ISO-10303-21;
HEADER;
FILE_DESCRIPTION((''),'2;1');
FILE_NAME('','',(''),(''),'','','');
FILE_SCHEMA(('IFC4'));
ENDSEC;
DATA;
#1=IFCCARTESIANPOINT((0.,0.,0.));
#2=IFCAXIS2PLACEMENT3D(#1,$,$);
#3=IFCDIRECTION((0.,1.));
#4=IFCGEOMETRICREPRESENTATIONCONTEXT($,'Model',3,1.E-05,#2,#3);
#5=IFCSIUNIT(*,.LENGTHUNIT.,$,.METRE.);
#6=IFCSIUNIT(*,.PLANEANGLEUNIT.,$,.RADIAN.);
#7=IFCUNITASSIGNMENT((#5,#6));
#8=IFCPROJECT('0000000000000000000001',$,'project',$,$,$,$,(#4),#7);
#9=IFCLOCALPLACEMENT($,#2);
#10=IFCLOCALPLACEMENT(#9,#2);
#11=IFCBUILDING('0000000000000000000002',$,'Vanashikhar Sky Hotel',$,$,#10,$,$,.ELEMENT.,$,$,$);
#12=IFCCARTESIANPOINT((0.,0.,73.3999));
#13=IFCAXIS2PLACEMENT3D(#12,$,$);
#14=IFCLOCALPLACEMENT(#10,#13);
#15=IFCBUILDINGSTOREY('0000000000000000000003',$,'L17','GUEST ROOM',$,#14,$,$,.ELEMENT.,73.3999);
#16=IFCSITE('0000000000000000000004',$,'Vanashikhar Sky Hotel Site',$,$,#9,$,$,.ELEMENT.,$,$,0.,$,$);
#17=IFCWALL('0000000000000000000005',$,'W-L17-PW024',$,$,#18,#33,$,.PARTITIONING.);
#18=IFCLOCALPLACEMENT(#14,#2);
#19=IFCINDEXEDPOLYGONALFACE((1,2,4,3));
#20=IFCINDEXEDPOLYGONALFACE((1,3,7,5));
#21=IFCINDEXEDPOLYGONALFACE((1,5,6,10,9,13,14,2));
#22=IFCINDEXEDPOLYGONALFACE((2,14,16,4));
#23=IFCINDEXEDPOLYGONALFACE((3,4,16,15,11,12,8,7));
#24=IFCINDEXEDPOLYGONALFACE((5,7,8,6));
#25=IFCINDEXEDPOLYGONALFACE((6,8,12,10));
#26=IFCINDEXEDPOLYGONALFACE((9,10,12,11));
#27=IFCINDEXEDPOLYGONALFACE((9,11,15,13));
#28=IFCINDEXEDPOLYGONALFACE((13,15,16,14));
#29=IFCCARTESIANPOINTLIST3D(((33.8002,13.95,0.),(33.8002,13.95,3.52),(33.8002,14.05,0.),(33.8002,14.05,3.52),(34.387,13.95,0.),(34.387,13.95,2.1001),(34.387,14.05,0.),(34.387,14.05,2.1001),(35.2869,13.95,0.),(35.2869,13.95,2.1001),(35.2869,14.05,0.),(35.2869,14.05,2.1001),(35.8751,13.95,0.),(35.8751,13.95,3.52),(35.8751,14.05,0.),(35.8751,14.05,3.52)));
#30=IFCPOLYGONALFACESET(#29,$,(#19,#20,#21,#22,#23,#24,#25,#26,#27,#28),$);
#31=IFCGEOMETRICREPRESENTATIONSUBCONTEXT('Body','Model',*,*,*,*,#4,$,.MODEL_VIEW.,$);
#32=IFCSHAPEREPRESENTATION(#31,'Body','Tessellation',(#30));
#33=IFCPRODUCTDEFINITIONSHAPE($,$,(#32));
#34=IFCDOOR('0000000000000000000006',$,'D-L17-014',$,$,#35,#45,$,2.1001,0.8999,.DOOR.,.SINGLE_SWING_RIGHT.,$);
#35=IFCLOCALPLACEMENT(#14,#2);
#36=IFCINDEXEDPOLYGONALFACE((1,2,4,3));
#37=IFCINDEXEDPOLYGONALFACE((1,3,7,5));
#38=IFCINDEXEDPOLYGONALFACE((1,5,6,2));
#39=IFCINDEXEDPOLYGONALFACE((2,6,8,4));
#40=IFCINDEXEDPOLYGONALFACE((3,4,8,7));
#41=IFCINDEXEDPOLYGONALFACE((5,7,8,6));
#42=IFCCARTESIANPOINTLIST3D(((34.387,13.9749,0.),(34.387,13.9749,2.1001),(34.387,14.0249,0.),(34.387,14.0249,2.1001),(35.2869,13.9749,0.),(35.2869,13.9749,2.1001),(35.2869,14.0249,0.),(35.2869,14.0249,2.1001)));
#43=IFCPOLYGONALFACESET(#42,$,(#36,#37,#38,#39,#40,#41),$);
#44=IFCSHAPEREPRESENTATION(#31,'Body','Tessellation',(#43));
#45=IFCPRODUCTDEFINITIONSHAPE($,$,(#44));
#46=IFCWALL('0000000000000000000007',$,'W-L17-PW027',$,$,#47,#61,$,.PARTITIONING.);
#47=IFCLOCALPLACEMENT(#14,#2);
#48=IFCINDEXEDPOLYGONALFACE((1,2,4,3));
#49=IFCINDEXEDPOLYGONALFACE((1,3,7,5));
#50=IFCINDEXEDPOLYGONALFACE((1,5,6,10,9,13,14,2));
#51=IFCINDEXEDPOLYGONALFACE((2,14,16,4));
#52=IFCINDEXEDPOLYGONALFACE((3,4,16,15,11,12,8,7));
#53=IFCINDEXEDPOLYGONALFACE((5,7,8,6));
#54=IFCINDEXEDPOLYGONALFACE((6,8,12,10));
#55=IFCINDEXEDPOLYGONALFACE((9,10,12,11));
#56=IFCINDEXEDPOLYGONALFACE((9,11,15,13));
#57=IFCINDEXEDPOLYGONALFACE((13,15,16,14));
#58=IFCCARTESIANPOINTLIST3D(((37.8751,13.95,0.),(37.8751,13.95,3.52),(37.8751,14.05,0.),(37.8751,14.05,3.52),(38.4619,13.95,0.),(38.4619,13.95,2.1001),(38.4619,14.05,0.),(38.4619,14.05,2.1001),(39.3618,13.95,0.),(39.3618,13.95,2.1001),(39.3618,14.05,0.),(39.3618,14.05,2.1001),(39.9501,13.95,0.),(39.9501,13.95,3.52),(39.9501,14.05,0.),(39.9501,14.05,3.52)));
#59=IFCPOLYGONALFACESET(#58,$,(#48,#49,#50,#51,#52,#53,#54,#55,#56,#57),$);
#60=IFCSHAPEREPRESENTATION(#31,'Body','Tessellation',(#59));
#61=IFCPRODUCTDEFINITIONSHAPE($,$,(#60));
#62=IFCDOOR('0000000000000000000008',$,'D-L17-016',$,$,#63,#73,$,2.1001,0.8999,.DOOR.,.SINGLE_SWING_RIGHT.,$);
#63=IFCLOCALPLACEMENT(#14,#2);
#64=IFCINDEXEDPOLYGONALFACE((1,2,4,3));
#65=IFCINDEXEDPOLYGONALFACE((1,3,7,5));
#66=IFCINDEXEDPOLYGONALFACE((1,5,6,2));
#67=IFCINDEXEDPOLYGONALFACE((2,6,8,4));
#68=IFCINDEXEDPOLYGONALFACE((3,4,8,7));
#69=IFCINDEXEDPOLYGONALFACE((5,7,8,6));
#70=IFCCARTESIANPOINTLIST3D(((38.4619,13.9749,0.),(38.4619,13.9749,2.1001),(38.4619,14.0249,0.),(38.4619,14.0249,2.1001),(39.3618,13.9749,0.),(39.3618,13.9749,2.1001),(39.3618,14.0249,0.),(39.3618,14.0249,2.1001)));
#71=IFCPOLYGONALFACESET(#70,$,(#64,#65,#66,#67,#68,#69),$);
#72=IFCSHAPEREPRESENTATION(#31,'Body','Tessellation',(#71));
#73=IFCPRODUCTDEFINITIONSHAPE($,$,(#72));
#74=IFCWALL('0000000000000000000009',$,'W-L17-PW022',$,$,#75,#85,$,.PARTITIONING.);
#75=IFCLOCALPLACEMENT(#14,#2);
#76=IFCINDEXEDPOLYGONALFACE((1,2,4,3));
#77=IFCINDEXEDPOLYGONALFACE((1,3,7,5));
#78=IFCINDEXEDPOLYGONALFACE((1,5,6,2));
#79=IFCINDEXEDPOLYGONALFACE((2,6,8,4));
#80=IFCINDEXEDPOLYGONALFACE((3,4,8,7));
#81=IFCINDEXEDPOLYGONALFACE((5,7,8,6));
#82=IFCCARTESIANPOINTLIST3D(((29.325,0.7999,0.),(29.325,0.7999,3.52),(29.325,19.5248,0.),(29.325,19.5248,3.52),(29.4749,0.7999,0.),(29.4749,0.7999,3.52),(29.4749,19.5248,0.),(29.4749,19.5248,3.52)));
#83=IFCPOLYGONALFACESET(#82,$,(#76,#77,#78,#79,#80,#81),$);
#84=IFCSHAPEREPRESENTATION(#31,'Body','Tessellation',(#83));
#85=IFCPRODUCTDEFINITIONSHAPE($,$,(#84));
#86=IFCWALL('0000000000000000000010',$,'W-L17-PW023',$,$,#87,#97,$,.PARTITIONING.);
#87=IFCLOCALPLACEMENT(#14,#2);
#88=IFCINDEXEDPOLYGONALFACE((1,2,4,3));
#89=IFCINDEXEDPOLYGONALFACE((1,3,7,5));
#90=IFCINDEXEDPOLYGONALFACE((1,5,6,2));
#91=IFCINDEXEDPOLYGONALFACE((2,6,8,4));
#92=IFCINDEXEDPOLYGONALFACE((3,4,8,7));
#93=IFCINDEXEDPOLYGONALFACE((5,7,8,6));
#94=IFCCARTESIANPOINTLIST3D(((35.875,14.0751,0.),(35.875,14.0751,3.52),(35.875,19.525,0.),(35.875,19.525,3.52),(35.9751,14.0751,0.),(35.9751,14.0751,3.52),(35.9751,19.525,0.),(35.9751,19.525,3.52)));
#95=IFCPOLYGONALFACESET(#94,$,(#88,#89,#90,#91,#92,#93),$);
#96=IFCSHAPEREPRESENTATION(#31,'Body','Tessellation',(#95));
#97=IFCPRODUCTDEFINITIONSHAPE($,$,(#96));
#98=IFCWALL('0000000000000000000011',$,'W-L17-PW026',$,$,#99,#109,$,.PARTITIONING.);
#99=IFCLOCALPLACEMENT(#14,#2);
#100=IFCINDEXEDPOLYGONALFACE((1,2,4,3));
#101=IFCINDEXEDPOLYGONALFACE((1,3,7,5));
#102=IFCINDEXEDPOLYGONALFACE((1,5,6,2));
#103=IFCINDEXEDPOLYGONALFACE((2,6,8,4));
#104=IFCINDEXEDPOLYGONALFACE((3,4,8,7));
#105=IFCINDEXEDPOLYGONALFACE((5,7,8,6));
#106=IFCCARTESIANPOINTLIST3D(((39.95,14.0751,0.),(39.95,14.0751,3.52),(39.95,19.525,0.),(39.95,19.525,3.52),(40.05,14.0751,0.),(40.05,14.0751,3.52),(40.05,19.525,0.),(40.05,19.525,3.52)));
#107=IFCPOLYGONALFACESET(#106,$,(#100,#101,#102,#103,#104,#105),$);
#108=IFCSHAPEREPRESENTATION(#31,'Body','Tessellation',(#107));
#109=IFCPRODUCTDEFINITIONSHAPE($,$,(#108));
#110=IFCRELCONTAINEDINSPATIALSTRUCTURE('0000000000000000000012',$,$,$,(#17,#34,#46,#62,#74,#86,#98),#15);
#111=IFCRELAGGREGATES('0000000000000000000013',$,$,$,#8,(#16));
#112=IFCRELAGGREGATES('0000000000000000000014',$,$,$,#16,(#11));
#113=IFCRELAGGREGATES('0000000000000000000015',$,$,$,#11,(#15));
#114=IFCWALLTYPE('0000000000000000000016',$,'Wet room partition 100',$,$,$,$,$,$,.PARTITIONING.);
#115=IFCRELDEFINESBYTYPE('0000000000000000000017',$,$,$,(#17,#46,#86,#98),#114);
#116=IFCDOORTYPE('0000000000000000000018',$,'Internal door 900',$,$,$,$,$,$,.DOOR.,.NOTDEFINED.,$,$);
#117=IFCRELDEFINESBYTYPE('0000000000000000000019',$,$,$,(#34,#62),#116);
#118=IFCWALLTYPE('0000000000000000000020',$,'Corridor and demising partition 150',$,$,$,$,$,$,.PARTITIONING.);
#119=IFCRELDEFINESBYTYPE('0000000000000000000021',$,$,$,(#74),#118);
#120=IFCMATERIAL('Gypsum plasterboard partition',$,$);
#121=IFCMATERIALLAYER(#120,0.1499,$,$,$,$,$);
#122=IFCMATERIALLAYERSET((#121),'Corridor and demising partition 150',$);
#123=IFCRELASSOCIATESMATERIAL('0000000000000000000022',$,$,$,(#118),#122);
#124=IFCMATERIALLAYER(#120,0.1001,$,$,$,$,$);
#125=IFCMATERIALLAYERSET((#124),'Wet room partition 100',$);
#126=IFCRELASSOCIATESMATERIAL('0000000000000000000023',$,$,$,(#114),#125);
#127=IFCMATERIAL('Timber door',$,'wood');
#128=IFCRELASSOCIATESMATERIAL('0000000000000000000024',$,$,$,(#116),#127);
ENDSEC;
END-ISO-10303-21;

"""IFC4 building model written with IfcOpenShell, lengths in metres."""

from ifc_helpers import new_model, si_unit, direction, frame, frame_2d, origin, place, context, subcontext, project, spatial, rectangle, extrude, source, transform, mapped, material, layer, layer_set, type_object, element, fill, save


model = new_model("IFC4")

# Units and contexts
model_context = context("Model", 3, precision=1e-05, world=origin(), true_north=direction((0.0, 1.0)))
body_context = subcontext(model_context, "Body", "Model", "MODEL_VIEW")
ifc_project = project(units=[si_unit("LENGTHUNIT", "METRE"), si_unit("PLANEANGLEUNIT", "RADIAN")], contexts=[model_context])

# Site, building, storey
site_placement = place(None, origin())
site = spatial("IfcSite", under=ifc_project, at=site_placement, Name="Vanashikhar Sky Hotel Site", CompositionType="ELEMENT", RefElevation=0.0)
building_placement = place(site_placement, origin())
building = spatial("IfcBuilding", under=site, at=building_placement, Name="Vanashikhar Sky Hotel", CompositionType="ELEMENT")
storey_placement = place(building_placement, frame((0.0, 0.0, 73.3999)))
storey = spatial("IfcBuildingStorey", under=building, at=storey_placement, Name="L17", Description="GUEST ROOM", CompositionType="ELEMENT", Elevation=73.3999)

# Shared definitions
ifc_material_1 = material(Name="Gypsum plasterboard partition")
ifc_layer_1 = layer(ifc_material_1, 0.1499)
ifc_layer_set_1 = layer_set([ifc_layer_1], Name="Corridor and demising partition 150")
wall_type_1 = type_object("IfcWallType", Name="Corridor and demising partition 150", PredefinedType="PARTITIONING", material=ifc_layer_set_1)

# Walls, openings, doors
ifc_layer_2 = layer(ifc_material_1, 0.1001)
ifc_layer_set_2 = layer_set([ifc_layer_2], Name="Wet room partition 100")
wall_type_2 = type_object("IfcWallType", Name="Wet room partition 100", PredefinedType="PARTITIONING", material=ifc_layer_set_2)
shared_shape_1 = source(origin(), body_context, "Body", "SweptSolid", [
    extrude(rectangle(XDim=2.075, YDim=0.1001, at=frame_2d((1.0376, 0.0))), origin(), (0.0, 0.0, 1.0), 3.52),
])
wall_1_placement = place(storey_placement, frame((33.8, 14.0, 0.0), z_axis=(0.0, 0.0, 1.0), x_axis=(1.0, 0.0, 0.0)))
wall_1 = element("IfcWall", 1, at=wall_1_placement, inside=storey, type_object=wall_type_2, Name="W-L17-PW024", PredefinedType="PARTITIONING", context=body_context, shape_type="MappedRepresentation", body=[
    mapped(shared_shape_1, transform((0.0, 0.0, 0.0), scale=1.0)),
])
shared_shape_2 = source(origin(), body_context, "Body", "SweptSolid", [
    extrude(rectangle(XDim=0.8999, YDim=2.1001, at=frame_2d((0.45, 1.05))), frame((0.0, 0.0601, 0.0), z_axis=(0.0, -1.0, 0.0), x_axis=(1.0, 0.0, 0.0)), (0.0, 0.0, 1.0), 0.1201),
])
opening_1_placement = place(wall_1_placement, frame((0.5869, 0.0, 0.0)))
opening_1 = element("IfcOpeningElement", 2, at=opening_1_placement, cuts=wall_1, PredefinedType="OPENING", context=body_context, shape_type="MappedRepresentation", body=[
    mapped(shared_shape_2, transform((0.0, 0.0, 0.0), scale=1.0)),
])
ifc_material_2 = material(Name="Timber door", Category="wood")
door_type_1 = type_object("IfcDoorType", Name="Internal door 900", OperationType="NOTDEFINED", PredefinedType="DOOR", material=ifc_material_2)
shared_shape_3 = source(origin(), body_context, "Body", "SweptSolid", [
    extrude(rectangle(XDim=0.8999, YDim=2.1001, at=frame_2d((0.45, 1.05))), frame((0.0, 0.0249, 0.0), z_axis=(0.0, -1.0, 0.0), x_axis=(1.0, 0.0, 0.0)), (0.0, 0.0, 1.0), 0.05),
])
door_1_placement = place(opening_1_placement, origin())
door_1 = element("IfcDoor", 3, at=door_1_placement, inside=storey, type_object=door_type_1, Name="D-L17-014", OperationType="SINGLE_SWING_RIGHT", OverallHeight=2.1001, OverallWidth=0.8999, PredefinedType="DOOR", context=body_context, shape_type="MappedRepresentation", body=[
    mapped(shared_shape_3, transform((0.0, 0.0, 0.0), scale=1.0)),
])
fill(opening_1, door_1)
wall_2_placement = place(storey_placement, frame((37.875, 14.0, 0.0), z_axis=(0.0, 0.0, 1.0), x_axis=(1.0, 0.0, 0.0)))
wall_2 = element("IfcWall", 4, at=wall_2_placement, inside=storey, type_object=wall_type_2, Name="W-L17-PW027", PredefinedType="PARTITIONING", context=body_context, shape_type="MappedRepresentation", body=[
    mapped(shared_shape_1, transform((0.0, 0.0, 0.0), scale=1.0)),
])
opening_2_placement = place(wall_2_placement, frame((0.5869, 0.0, 0.0)))
opening_2 = element("IfcOpeningElement", 5, at=opening_2_placement, cuts=wall_2, PredefinedType="OPENING", context=body_context, shape_type="MappedRepresentation", body=[
    mapped(shared_shape_2, transform((0.0, 0.0, 0.0), scale=1.0)),
])
door_2_placement = place(opening_2_placement, origin())
door_2 = element("IfcDoor", 6, at=door_2_placement, inside=storey, type_object=door_type_1, Name="D-L17-016", OperationType="SINGLE_SWING_RIGHT", OverallHeight=2.1001, OverallWidth=0.8999, PredefinedType="DOOR", context=body_context, shape_type="MappedRepresentation", body=[
    mapped(shared_shape_3, transform((0.0, 0.0, 0.0), scale=1.0)),
])
fill(opening_2, door_2)

# Walls
shared_shape_4 = source(origin(), body_context, "Body", "SweptSolid", [
    extrude(rectangle(XDim=18.7249, YDim=0.1499, at=frame_2d((9.3623, 0.0))), origin(), (0.0, 0.0, 1.0), 3.52),
])
wall_3_placement = place(storey_placement, frame((29.3999, 0.8, 0.0), z_axis=(0.0, 0.0, 1.0), x_axis=(0.0, 1.0, 0.0)))
element("IfcWall", 7, at=wall_3_placement, inside=storey, type_object=wall_type_1, Name="W-L17-PW022", PredefinedType="PARTITIONING", context=body_context, shape_type="MappedRepresentation", body=[
    mapped(shared_shape_4, transform((0.0, 0.0, 0.0), scale=1.0)),
])
shared_shape_5 = source(origin(), body_context, "Body", "SweptSolid", [
    extrude(rectangle(XDim=5.45, YDim=0.1001, at=frame_2d((2.7251, 0.0))), origin(), (0.0, 0.0, 1.0), 3.52),
])
for number, where, z_axis, x_axis, name in (
    (8, (35.925, 14.075, 0.0), (0.0, 0.0, 1.0), (0.0, 1.0, 0.0), "W-L17-PW023"),
    (9, (40.0, 14.075, 0.0), (0.0, 0.0, 1.0), (0.0, 1.0, 0.0), "W-L17-PW026"),
):
    element("IfcWall", number, at=place(storey_placement, frame(where, z_axis=z_axis, x_axis=x_axis)), inside=storey, type_object=wall_type_2, Name=name, PredefinedType="PARTITIONING", context=body_context, shape_type="MappedRepresentation", body=[
        mapped(shared_shape_5, transform((0.0, 0.0, 0.0), scale=1.0)),
    ])

save(model, "model.ifc")
